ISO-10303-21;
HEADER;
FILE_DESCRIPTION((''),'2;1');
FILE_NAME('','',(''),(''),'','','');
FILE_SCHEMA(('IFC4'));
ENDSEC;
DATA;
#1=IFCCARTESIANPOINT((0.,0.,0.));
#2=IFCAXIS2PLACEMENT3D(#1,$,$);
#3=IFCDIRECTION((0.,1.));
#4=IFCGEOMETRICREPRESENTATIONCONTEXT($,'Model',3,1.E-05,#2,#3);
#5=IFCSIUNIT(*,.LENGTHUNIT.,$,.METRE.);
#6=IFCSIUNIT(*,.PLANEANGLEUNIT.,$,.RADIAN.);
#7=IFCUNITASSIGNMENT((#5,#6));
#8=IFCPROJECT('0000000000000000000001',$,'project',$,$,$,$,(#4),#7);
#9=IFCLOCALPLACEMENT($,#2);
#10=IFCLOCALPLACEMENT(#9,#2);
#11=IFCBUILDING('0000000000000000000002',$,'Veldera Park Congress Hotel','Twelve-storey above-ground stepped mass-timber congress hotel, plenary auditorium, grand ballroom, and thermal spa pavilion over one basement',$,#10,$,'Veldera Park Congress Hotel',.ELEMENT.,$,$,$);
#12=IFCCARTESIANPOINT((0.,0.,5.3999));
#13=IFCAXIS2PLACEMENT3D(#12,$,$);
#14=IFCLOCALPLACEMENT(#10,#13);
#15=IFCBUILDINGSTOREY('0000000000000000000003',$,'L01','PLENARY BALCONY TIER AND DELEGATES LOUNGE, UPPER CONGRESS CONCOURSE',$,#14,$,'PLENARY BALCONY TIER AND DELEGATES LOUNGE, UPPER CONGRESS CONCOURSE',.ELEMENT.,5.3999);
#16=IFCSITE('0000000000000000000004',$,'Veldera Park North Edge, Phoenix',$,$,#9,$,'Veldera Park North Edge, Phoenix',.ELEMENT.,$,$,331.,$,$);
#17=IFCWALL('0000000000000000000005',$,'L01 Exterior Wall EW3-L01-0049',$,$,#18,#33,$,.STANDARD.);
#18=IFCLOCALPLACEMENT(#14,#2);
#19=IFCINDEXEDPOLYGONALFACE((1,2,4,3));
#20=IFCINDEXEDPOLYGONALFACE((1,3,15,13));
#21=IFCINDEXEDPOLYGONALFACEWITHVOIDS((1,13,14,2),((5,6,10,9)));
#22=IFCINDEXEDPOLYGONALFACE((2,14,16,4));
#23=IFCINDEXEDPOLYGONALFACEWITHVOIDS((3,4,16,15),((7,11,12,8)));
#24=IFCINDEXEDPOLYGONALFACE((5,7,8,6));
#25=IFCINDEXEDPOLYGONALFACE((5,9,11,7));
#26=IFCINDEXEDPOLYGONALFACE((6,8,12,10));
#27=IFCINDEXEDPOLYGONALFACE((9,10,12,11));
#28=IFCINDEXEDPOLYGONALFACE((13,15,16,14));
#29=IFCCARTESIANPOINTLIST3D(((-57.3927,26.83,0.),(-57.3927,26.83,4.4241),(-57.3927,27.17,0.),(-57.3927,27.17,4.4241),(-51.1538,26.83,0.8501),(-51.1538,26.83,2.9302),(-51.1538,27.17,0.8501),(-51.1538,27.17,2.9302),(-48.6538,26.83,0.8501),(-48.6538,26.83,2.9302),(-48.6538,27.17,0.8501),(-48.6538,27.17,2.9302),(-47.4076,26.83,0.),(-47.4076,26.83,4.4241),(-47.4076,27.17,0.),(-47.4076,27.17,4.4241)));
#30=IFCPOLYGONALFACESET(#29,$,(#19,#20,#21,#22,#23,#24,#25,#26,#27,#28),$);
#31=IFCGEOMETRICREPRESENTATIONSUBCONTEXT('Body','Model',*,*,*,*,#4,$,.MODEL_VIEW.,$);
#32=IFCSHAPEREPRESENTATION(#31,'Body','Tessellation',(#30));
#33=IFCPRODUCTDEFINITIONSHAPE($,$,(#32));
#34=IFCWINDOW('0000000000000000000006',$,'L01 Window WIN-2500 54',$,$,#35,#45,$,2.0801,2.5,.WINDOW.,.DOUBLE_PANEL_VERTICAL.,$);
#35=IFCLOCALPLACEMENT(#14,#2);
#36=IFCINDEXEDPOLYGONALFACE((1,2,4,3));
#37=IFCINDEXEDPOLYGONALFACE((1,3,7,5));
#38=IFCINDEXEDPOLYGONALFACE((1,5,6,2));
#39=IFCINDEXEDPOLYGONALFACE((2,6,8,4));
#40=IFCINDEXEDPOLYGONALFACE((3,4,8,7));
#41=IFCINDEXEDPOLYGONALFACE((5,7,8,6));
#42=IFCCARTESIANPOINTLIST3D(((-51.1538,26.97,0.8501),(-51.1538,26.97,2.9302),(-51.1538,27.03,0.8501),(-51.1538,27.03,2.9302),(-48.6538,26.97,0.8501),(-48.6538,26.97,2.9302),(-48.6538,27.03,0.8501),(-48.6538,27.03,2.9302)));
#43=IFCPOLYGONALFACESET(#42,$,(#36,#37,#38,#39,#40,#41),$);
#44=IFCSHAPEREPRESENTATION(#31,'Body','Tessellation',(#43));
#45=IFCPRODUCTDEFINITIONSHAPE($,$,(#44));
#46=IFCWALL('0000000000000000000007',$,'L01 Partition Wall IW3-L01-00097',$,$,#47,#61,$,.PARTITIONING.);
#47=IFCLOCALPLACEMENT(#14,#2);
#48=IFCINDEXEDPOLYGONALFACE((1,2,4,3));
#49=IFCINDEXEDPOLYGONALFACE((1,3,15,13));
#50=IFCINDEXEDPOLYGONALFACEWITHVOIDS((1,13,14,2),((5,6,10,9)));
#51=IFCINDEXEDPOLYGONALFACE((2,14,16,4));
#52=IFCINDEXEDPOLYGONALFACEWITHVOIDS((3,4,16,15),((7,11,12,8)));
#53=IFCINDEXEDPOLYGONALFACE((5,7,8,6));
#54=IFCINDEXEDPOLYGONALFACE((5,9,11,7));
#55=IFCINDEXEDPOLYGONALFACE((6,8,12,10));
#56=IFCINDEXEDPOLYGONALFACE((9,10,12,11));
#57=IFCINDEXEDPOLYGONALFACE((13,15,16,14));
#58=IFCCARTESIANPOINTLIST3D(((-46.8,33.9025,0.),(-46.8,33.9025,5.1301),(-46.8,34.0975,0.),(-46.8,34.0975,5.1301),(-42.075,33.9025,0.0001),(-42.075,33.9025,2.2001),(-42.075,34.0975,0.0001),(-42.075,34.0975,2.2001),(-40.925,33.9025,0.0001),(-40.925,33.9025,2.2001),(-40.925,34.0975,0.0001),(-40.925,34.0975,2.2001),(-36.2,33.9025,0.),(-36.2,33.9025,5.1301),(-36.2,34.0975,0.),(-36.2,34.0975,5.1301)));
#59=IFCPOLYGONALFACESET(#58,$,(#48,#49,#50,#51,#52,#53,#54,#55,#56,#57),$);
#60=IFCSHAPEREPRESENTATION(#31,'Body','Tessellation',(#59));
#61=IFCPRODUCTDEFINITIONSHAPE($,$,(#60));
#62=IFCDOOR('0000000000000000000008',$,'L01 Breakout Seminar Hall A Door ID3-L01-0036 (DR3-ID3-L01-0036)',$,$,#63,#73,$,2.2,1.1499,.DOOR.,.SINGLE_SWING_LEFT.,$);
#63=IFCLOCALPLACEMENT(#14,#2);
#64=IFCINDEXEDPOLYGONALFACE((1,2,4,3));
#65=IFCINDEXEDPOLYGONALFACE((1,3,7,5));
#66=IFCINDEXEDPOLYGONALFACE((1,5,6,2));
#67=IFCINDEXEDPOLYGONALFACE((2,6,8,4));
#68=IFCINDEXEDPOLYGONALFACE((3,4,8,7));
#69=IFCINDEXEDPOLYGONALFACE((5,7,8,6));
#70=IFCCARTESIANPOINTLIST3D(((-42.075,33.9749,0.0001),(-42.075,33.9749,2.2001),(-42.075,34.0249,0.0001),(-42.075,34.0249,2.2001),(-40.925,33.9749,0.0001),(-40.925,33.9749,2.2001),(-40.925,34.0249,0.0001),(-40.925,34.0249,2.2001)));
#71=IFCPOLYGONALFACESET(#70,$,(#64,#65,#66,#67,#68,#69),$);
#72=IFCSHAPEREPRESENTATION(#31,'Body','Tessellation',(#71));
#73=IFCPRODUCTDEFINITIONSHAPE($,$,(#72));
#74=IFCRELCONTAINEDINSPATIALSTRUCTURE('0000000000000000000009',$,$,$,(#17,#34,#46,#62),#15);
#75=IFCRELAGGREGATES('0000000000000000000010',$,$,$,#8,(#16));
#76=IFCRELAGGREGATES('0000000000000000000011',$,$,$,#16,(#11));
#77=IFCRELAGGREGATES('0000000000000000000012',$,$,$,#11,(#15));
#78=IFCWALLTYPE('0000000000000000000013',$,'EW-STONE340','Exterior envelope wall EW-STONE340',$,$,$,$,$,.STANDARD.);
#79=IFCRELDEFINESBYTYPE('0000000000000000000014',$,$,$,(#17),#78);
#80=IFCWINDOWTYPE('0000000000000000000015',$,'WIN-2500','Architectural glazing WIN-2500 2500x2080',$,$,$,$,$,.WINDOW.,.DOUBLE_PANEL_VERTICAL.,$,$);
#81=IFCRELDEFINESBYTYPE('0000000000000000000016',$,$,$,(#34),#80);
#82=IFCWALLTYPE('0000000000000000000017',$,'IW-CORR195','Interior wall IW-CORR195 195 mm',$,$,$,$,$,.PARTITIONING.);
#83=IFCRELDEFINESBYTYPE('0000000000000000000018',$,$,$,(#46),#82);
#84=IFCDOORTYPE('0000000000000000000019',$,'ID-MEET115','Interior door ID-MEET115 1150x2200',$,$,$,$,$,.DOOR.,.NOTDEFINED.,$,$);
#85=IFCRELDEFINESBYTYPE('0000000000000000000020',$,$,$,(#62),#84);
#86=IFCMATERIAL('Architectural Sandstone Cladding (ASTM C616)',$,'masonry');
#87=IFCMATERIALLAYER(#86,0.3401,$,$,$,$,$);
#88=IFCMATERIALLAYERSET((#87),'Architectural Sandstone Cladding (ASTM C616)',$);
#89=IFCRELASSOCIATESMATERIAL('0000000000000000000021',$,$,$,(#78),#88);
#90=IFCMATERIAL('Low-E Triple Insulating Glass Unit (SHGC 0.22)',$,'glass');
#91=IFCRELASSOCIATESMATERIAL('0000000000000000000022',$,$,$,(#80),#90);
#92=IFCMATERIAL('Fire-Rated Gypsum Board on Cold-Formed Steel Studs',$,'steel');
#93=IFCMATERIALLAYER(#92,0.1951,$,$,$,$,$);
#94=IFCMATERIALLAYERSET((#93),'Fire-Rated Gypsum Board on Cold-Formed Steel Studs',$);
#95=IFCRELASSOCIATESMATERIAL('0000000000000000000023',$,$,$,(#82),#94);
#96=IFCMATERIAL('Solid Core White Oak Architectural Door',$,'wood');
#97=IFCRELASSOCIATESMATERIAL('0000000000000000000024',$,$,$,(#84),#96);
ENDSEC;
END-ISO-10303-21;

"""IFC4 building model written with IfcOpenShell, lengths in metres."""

from ifc_helpers import new_model, si_unit, direction, frame, frame_2d, origin, place, context, subcontext, project, spatial, rectangle, extrude, material, layer, layer_set, type_object, element, fill, save


model = new_model("IFC4")

# Units and contexts
model_context = context("Model", 3, precision=1e-05, world=origin(), true_north=direction((0.0, 1.0)))
body_context = subcontext(model_context, "Body", "Model", "MODEL_VIEW")
ifc_project = project(units=[si_unit("LENGTHUNIT", "METRE"), si_unit("PLANEANGLEUNIT", "RADIAN")], contexts=[model_context])

# Site, building, storey
site_placement = place(None, origin())
site = spatial("IfcSite", under=ifc_project, at=site_placement, Name="Veldera Park North Edge, Phoenix", LongName="Veldera Park North Edge, Phoenix", CompositionType="ELEMENT", RefElevation=331.0)
building_placement = place(site_placement, origin())
building = spatial("IfcBuilding", under=site, at=building_placement, Name="Veldera Park Congress Hotel", Description="Twelve-storey above-ground stepped mass-timber congress hotel, plenary auditorium, grand ballroom, and thermal spa pavilion over one basement", LongName="Veldera Park Congress Hotel", CompositionType="ELEMENT")
storey_placement = place(building_placement, frame((0.0, 0.0, 5.3999)))
storey = spatial("IfcBuildingStorey", under=building, at=storey_placement, Name="L01", Description="PLENARY BALCONY TIER AND DELEGATES LOUNGE, UPPER CONGRESS CONCOURSE", LongName="PLENARY BALCONY TIER AND DELEGATES LOUNGE, UPPER CONGRESS CONCOURSE", CompositionType="ELEMENT", Elevation=5.3999)

# Wall, opening, window
ifc_material_1 = material(Name="Low-E Triple Insulating Glass Unit (SHGC 0.22)", Category="glass")
ifc_material_2 = material(Name="Architectural Sandstone Cladding (ASTM C616)", Category="masonry")
ifc_layer_1 = layer(ifc_material_2, 0.3401)
ifc_layer_set_1 = layer_set([ifc_layer_1], Name="Architectural Sandstone Cladding (ASTM C616)")
wall_type_1 = type_object("IfcWallType", Name="EW-STONE340", Description="Exterior envelope wall EW-STONE340", PredefinedType="STANDARD", material=ifc_layer_set_1)
wall_1_placement = place(storey_placement, frame((-47.4075, 27.0, 0.0), z_axis=(0.0, 0.0, 1.0), x_axis=(-1.0, 0.0, 0.0)))
wall_1 = element("IfcWall", 1, at=wall_1_placement, inside=storey, type_object=wall_type_1, Name="L01 Exterior Wall EW3-L01-0049", PredefinedType="STANDARD", context=body_context, shape_type="SweptSolid", body=[
    extrude(rectangle(XDim=9.9851, YDim=0.3401, at=frame_2d((4.9927, 0.0))), origin(), (0.0, 0.0, 1.0), 4.4241),
])
opening_1_placement = place(wall_1_placement, frame((1.2463, 0.0, 0.8501)))
opening_1 = element("IfcOpeningElement", 2, at=opening_1_placement, cuts=wall_1, PredefinedType="OPENING", context=body_context, shape_type="SweptSolid", body=[
    extrude(rectangle(XDim=2.5, YDim=2.0801, at=frame_2d((1.25, 1.04))), frame((0.0, 0.1821, 0.0), z_axis=(0.0, -1.0, 0.0), x_axis=(1.0, 0.0, 0.0)), (0.0, 0.0, 1.0), 0.364),
])
window_type_1 = type_object("IfcWindowType", Name="WIN-2500", Description="Architectural glazing WIN-2500 2500x2080", PartitioningType="DOUBLE_PANEL_VERTICAL", PredefinedType="WINDOW", material=ifc_material_1)
window_1_placement = place(opening_1_placement, origin())
window_1 = element("IfcWindow", 3, at=window_1_placement, inside=storey, type_object=window_type_1, Name="L01 Window WIN-2500 54", OverallHeight=2.0801, OverallWidth=2.5, PartitioningType="DOUBLE_PANEL_VERTICAL", PredefinedType="WINDOW", context=body_context, shape_type="SweptSolid", body=[
    extrude(rectangle(XDim=2.5, YDim=2.0801, at=frame_2d((1.25, 1.04))), frame((0.0, 0.03, 0.0), z_axis=(0.0, -1.0, 0.0), x_axis=(1.0, 0.0, 0.0)), (0.0, 0.0, 1.0), 0.0601),
])
fill(opening_1, window_1)

# Wall, opening, door
ifc_material_3 = material(Name="Fire-Rated Gypsum Board on Cold-Formed Steel Studs", Category="steel")
ifc_layer_2 = layer(ifc_material_3, 0.1951)
ifc_layer_set_2 = layer_set([ifc_layer_2], Name="Fire-Rated Gypsum Board on Cold-Formed Steel Studs")
wall_type_2 = type_object("IfcWallType", Name="IW-CORR195", Description="Interior wall IW-CORR195 195 mm", PredefinedType="PARTITIONING", material=ifc_layer_set_2)
wall_2_placement = place(storey_placement, frame((-46.8, 34.0, 0.0), z_axis=(0.0, 0.0, 1.0), x_axis=(1.0, 0.0, 0.0)))
wall_2 = element("IfcWall", 4, at=wall_2_placement, inside=storey, type_object=wall_type_2, Name="L01 Partition Wall IW3-L01-00097", PredefinedType="PARTITIONING", context=body_context, shape_type="SweptSolid", body=[
    extrude(rectangle(XDim=10.6001, YDim=0.1951, at=frame_2d((5.3, 0.0))), origin(), (0.0, 0.0, 1.0), 5.1301),
])
opening_2_placement = place(wall_2_placement, frame((4.7251, 0.0, 0.0)))
opening_2 = element("IfcOpeningElement", 5, at=opening_2_placement, cuts=wall_2, PredefinedType="OPENING", context=body_context, shape_type="SweptSolid", body=[
    extrude(rectangle(XDim=1.1499, YDim=2.2, at=frame_2d((0.575, 1.1001))), frame((0.0, 0.1096, 0.0), z_axis=(0.0, -1.0, 0.0), x_axis=(1.0, 0.0, 0.0)), (0.0, 0.0, 1.0), 0.219),
])
ifc_material_4 = material(Name="Solid Core White Oak Architectural Door", Category="wood")
door_type = type_object("IfcDoorType", Name="ID-MEET115", Description="Interior door ID-MEET115 1150x2200", OperationType="NOTDEFINED", PredefinedType="DOOR", material=ifc_material_4)
door_placement = place(opening_2_placement, origin())
door = element("IfcDoor", 6, at=door_placement, inside=storey, type_object=door_type, Name="L01 Breakout Seminar Hall A Door ID3-L01-0036 (DR3-ID3-L01-0036)", OperationType="SINGLE_SWING_LEFT", OverallHeight=2.2, OverallWidth=1.1499, PredefinedType="DOOR", context=body_context, shape_type="SweptSolid", body=[
    extrude(rectangle(XDim=1.1499, YDim=2.2, at=frame_2d((0.575, 1.1001))), frame((0.0, 0.0249, 0.0), z_axis=(0.0, -1.0, 0.0), x_axis=(1.0, 0.0, 0.0)), (0.0, 0.0, 1.0), 0.05),
])
fill(opening_2, door)

save(model, "model.ifc")
